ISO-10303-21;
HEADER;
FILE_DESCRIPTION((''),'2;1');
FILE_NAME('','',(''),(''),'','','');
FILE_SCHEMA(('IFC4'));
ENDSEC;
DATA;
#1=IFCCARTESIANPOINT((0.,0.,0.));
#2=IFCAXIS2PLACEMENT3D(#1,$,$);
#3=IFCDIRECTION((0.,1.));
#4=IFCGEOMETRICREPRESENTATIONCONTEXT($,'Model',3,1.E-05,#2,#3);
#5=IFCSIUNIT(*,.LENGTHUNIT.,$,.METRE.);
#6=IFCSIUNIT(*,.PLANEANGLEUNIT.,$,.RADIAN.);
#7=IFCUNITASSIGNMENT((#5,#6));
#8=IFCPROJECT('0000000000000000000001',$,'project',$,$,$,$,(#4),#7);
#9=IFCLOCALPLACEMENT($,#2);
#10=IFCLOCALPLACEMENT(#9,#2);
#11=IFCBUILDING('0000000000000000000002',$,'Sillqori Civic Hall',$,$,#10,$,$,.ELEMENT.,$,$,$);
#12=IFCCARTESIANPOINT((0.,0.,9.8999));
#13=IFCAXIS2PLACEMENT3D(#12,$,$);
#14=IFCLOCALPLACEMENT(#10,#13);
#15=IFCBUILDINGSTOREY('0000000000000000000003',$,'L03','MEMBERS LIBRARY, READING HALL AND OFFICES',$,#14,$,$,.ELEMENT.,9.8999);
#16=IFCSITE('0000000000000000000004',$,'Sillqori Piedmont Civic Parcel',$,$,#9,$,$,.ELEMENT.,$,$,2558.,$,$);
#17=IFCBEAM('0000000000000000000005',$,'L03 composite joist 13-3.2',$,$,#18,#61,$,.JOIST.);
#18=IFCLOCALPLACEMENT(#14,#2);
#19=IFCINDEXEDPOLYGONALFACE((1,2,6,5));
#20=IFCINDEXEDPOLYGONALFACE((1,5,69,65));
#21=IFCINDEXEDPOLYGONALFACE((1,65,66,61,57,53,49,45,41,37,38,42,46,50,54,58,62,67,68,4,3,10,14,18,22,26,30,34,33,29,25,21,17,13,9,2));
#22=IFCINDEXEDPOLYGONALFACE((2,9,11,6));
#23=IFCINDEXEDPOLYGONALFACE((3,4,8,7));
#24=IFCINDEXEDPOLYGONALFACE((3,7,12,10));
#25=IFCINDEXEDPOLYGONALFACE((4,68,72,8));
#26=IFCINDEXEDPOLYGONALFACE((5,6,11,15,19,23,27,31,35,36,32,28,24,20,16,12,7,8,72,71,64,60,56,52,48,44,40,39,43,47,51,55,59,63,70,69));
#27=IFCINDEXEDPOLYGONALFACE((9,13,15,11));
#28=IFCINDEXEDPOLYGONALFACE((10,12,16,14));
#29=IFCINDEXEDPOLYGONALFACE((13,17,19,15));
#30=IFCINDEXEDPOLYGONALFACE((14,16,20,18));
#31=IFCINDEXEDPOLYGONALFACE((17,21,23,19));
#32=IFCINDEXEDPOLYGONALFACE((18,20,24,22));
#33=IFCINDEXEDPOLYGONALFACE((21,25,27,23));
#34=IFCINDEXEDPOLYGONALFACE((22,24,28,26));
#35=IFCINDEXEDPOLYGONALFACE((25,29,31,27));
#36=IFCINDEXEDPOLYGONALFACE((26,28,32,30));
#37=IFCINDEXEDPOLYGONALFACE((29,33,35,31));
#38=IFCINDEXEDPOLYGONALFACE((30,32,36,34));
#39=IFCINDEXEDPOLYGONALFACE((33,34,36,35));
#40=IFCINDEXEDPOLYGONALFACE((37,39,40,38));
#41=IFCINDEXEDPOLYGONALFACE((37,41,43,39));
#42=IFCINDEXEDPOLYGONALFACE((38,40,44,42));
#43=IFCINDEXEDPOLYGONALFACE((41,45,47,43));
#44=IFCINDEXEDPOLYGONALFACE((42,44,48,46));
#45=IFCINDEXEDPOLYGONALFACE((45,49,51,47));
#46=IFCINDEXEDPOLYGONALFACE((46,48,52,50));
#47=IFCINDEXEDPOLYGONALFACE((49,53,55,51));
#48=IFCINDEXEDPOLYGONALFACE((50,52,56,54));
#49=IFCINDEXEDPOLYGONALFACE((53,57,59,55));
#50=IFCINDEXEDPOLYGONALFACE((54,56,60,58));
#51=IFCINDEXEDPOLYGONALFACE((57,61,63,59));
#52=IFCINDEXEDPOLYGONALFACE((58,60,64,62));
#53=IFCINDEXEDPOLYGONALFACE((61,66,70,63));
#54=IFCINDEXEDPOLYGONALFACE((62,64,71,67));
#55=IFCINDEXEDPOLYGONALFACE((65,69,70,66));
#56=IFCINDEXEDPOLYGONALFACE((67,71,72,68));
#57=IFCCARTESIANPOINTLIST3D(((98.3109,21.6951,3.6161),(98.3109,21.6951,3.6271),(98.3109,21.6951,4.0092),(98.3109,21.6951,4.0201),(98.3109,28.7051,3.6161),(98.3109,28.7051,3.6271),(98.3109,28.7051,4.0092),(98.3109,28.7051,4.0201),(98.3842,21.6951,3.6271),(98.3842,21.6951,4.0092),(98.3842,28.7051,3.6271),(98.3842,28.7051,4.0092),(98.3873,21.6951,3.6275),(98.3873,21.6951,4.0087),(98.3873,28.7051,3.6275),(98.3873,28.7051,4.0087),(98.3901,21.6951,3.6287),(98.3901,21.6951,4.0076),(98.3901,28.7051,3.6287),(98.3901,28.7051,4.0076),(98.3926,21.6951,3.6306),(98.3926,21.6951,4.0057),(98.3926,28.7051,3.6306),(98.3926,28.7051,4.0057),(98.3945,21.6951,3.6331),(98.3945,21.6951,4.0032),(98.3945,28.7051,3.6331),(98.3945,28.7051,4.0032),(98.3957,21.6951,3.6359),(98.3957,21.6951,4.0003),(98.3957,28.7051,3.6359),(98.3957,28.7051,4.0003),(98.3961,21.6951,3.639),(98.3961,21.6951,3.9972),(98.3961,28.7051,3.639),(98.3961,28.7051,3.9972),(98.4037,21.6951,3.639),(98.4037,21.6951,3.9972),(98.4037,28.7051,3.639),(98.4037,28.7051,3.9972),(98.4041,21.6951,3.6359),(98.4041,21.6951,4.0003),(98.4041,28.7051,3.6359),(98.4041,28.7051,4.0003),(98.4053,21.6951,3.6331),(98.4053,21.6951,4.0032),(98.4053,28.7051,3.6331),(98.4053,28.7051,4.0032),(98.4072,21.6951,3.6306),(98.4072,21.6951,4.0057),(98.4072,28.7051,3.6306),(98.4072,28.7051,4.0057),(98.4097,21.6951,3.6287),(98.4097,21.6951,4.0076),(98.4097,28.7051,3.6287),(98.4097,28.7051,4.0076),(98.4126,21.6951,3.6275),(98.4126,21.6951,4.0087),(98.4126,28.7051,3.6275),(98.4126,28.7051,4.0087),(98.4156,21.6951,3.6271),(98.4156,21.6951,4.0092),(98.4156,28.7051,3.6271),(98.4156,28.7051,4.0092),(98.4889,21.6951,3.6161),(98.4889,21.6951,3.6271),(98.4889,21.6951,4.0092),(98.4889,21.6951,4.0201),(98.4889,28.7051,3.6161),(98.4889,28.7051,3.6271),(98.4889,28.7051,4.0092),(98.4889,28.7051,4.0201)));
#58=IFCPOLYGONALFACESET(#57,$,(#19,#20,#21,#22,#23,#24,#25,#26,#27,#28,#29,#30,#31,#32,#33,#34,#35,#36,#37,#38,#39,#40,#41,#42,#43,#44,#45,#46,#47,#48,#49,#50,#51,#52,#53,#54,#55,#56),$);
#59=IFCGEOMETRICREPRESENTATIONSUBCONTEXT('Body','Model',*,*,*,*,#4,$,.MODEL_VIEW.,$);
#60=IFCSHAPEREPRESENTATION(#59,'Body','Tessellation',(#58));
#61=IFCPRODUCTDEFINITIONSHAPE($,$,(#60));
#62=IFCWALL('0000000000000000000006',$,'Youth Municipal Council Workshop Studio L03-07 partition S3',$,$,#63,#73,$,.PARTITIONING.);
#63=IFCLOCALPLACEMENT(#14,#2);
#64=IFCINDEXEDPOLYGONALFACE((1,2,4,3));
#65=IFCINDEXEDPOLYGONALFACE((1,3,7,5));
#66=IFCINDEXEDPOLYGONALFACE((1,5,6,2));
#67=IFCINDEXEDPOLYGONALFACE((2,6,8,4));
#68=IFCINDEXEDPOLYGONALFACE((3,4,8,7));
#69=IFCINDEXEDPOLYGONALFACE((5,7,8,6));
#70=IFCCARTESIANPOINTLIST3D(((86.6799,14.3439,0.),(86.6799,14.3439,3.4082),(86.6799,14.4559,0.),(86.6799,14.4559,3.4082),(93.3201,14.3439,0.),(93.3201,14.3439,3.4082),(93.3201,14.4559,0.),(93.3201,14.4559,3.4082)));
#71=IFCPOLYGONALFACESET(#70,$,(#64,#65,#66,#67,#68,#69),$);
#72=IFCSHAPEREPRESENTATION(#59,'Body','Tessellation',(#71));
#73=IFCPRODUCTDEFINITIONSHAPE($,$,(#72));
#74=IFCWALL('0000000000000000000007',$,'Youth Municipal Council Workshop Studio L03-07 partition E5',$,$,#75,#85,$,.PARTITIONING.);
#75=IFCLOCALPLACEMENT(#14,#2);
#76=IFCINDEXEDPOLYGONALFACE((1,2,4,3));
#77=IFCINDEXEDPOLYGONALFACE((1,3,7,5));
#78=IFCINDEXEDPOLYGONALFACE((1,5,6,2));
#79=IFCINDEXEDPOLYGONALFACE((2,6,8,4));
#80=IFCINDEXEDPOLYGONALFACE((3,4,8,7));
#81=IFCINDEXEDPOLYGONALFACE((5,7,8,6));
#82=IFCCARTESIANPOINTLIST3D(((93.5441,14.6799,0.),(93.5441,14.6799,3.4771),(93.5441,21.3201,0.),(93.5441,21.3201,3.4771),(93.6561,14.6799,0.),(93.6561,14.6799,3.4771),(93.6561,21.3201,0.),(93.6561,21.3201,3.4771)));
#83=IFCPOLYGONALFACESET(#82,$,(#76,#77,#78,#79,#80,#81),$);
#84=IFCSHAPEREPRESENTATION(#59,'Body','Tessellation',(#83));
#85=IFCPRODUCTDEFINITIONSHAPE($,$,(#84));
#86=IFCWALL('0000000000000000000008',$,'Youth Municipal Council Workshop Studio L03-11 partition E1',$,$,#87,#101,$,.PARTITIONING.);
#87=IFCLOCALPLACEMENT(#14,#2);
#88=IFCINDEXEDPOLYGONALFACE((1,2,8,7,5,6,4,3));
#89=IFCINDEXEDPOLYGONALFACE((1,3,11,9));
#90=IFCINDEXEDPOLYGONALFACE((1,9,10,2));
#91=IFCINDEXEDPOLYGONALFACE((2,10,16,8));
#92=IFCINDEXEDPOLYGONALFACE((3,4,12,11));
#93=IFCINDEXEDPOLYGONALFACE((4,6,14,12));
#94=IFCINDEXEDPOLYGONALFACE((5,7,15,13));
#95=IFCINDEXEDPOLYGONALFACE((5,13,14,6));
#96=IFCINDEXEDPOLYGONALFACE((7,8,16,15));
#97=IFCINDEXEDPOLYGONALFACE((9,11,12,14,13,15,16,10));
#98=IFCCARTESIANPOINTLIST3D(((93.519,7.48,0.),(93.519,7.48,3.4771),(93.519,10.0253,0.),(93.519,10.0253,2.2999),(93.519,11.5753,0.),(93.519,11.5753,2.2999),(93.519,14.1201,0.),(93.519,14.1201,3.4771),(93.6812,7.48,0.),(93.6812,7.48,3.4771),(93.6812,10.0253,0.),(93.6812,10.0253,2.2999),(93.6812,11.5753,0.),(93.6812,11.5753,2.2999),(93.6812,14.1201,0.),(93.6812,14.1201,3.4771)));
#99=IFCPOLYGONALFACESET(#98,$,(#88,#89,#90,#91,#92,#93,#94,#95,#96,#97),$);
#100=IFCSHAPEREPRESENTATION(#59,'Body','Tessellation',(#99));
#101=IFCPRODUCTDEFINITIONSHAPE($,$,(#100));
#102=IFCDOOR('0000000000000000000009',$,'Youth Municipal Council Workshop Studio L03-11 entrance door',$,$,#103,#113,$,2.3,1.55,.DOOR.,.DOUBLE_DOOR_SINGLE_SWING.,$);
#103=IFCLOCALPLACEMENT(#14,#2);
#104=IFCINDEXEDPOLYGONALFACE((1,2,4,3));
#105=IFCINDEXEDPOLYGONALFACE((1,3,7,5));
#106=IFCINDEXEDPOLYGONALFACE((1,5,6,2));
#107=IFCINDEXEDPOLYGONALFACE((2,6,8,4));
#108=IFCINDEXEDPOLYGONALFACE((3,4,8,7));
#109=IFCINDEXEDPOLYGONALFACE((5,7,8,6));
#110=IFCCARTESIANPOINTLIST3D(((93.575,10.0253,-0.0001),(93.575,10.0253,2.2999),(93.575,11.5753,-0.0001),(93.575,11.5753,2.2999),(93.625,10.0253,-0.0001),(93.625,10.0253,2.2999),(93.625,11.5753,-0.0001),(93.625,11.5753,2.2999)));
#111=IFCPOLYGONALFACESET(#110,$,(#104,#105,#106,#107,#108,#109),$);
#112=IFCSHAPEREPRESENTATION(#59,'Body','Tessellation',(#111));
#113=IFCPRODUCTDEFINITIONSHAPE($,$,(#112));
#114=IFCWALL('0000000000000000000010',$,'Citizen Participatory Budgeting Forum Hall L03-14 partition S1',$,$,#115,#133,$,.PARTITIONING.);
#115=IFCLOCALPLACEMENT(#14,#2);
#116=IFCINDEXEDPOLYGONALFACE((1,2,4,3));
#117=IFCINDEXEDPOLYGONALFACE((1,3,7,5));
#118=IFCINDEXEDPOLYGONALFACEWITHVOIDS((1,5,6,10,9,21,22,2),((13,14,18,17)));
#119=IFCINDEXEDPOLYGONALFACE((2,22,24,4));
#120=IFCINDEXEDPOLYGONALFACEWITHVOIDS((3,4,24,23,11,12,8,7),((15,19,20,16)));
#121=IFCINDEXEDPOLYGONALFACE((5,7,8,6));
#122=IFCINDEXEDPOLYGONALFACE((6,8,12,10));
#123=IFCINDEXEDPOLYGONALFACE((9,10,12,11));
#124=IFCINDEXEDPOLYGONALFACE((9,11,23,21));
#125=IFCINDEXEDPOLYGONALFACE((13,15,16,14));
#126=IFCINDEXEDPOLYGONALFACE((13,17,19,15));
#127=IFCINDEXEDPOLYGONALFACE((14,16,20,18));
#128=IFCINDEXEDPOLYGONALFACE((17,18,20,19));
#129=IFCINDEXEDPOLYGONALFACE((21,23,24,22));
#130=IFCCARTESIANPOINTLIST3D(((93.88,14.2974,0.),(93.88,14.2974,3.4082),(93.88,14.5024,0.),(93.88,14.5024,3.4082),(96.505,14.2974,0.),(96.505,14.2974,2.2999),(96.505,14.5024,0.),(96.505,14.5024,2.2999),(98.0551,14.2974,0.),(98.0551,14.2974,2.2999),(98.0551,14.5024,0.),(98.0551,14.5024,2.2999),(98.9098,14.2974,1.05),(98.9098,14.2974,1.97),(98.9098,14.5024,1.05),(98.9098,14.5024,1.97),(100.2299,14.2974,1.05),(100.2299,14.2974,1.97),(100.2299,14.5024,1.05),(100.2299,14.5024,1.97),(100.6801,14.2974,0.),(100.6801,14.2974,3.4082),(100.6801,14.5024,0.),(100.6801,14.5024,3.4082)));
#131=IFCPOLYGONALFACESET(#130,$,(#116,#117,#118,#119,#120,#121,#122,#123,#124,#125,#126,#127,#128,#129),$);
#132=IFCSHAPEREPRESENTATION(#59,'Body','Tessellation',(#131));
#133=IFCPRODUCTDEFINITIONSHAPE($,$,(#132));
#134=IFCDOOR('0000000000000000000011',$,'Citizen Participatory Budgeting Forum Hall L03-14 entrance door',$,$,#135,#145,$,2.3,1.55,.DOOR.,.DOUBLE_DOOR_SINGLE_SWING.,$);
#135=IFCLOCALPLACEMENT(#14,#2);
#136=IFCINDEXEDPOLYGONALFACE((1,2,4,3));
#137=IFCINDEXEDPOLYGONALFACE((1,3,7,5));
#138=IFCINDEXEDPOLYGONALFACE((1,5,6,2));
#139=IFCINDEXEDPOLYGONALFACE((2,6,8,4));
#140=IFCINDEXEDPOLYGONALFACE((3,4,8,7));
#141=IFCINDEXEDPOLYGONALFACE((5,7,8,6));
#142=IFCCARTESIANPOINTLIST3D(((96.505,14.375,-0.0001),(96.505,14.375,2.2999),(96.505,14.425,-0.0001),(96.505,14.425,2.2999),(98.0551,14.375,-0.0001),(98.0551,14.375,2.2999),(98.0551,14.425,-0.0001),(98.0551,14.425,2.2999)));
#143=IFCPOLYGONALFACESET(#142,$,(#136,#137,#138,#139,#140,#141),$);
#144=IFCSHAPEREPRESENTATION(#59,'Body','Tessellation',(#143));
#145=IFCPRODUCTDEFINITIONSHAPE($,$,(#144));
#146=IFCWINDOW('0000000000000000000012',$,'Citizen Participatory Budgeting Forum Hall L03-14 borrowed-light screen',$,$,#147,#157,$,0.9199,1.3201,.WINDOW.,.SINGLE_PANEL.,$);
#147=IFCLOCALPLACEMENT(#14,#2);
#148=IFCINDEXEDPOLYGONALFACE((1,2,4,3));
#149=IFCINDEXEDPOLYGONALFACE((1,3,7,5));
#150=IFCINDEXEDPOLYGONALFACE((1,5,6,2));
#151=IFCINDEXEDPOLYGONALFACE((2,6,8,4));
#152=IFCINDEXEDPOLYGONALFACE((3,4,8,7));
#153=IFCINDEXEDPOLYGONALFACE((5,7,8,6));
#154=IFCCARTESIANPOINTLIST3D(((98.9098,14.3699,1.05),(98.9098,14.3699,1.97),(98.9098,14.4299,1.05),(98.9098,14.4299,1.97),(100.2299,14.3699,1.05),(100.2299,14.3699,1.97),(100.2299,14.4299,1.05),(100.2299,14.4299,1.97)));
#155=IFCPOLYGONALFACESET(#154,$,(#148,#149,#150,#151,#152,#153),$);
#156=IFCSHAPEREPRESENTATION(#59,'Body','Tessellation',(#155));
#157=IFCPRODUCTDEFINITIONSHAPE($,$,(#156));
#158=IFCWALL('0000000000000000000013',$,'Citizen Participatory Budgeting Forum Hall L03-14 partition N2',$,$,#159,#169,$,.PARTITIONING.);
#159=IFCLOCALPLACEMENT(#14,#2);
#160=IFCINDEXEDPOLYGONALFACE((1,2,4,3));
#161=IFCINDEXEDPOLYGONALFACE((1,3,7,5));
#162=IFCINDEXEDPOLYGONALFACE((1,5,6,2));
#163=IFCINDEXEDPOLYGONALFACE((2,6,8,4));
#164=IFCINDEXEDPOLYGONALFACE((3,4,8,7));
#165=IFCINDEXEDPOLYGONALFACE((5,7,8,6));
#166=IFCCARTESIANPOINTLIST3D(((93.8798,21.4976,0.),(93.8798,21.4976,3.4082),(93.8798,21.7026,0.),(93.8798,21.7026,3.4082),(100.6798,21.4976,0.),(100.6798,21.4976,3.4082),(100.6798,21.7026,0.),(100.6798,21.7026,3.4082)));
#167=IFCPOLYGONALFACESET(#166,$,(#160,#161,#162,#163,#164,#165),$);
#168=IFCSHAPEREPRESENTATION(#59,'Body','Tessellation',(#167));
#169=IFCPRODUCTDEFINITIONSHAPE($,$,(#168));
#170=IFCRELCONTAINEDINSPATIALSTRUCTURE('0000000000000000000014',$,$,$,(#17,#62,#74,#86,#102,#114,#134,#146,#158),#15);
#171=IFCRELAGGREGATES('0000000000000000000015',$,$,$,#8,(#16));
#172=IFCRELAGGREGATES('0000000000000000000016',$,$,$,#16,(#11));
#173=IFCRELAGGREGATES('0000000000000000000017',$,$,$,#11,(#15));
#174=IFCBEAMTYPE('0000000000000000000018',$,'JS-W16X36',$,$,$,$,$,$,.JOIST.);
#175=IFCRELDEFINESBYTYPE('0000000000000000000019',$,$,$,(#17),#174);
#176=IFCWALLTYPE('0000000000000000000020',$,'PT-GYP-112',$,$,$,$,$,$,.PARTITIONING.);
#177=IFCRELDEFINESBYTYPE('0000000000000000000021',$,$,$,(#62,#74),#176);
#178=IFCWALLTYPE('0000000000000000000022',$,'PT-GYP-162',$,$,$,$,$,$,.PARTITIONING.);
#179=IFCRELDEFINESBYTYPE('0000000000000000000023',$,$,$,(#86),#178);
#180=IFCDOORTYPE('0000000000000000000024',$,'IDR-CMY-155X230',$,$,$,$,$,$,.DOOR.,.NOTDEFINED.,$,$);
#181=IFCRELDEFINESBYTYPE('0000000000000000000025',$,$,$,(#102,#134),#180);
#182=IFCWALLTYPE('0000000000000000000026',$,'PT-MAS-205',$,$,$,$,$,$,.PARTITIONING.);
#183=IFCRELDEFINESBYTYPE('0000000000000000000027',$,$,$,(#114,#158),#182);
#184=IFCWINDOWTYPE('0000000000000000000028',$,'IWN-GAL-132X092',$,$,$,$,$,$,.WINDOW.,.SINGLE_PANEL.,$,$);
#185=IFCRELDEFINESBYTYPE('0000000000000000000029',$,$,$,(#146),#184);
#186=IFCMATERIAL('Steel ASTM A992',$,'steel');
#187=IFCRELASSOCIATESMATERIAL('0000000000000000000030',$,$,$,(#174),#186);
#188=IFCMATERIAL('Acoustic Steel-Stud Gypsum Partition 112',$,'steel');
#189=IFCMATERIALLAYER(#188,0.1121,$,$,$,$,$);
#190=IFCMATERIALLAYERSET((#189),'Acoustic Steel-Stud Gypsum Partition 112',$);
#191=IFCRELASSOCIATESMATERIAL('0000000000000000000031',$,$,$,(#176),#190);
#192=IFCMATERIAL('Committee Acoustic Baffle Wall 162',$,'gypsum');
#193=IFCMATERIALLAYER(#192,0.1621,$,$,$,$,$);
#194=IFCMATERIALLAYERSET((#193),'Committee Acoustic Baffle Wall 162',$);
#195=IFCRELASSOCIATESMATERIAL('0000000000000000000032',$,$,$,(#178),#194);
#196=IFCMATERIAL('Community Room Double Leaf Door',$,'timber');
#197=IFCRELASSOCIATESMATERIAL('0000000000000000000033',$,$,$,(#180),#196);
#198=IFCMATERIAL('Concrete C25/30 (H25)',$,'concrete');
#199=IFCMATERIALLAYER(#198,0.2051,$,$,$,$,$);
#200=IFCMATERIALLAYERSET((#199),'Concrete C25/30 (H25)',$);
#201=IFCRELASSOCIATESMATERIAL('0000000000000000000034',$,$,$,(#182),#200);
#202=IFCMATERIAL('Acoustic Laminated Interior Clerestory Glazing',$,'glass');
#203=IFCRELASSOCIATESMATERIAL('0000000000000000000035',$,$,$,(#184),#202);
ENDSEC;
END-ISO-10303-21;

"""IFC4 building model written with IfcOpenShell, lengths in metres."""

from ifc_helpers import new_model, si_unit, direction, frame, frame_2d, origin, origin_2d, place, context, subcontext, project, spatial, rectangle, i_section, extrude, material, layer, layer_set, material_profile, profile_set, type_object, element, fill, save


model = new_model("IFC4")

# Units and contexts
model_context = context("Model", 3, precision=1e-05, world=origin(), true_north=direction((0.0, 1.0)))
body_context = subcontext(model_context, "Body", "Model", "MODEL_VIEW")
ifc_project = project(units=[si_unit("LENGTHUNIT", "METRE"), si_unit("PLANEANGLEUNIT", "RADIAN")], contexts=[model_context])

# Site, building, storey
site_placement = place(None, origin())
site = spatial("IfcSite", under=ifc_project, at=site_placement, Name="Sillqori Piedmont Civic Parcel", CompositionType="ELEMENT", RefElevation=2558.0)
building_placement = place(site_placement, origin())
building = spatial("IfcBuilding", under=site, at=building_placement, Name="Sillqori Civic Hall", CompositionType="ELEMENT")
storey_placement = place(building_placement, frame((0.0, 0.0, 9.8999)))
storey = spatial("IfcBuildingStorey", under=building, at=storey_placement, Name="L03", Description="MEMBERS LIBRARY, READING HALL AND OFFICES", CompositionType="ELEMENT", Elevation=9.8999)

# Shared definitions
ifc_material_1 = material(Name="Steel ASTM A992", Category="steel")

# Beam
ifc_material_profile_1 = material_profile(ifc_material_1, i_section(OverallWidth=0.178, OverallDepth=0.4041, WebThickness=0.0076, FlangeThickness=0.011, FilletRadius=0.012, at=origin_2d()), Name="W16X36")
ifc_profile_set_1 = profile_set([ifc_material_profile_1], Name="Steel ASTM A992")
beam_type_1 = type_object("IfcBeamType", Name="JS-W16X36", PredefinedType="JOIST", material=ifc_profile_set_1)
for number, where, z_axis, x_axis, name in (
    (1, (98.3999, 21.6951, 3.8181), (0.0, 1.0, 0.0), (-1.0, 0.0, 0.0), "L03 composite joist 13-3.2"),
):
    element("IfcBeam", number, at=place(storey_placement, frame(where, z_axis=z_axis, x_axis=x_axis)), inside=storey, type_object=beam_type_1, Name=name, PredefinedType="JOIST", context=body_context, shape_type="SweptSolid", body=[
        extrude(i_section(OverallWidth=0.178, OverallDepth=0.4041, WebThickness=0.0076, FlangeThickness=0.011, FilletRadius=0.012, at=origin_2d()), origin(), (0.0, 0.0, 1.0), 7.01),
    ])

# Walls
ifc_material_2 = material(Name="Acoustic Steel-Stud Gypsum Partition 112", Category="steel")
ifc_layer_1 = layer(ifc_material_2, 0.1121)
ifc_layer_set_1 = layer_set([ifc_layer_1], Name="Acoustic Steel-Stud Gypsum Partition 112")
wall_type_1 = type_object("IfcWallType", Name="PT-GYP-112", PredefinedType="PARTITIONING", material=ifc_layer_set_1)
wall_1_placement = place(storey_placement, frame((93.3201, 14.3999, 0.0), z_axis=(0.0, 0.0, 1.0), x_axis=(-1.0, 0.0, 0.0)))
element("IfcWall", 2, at=wall_1_placement, inside=storey, type_object=wall_type_1, Name="Youth Municipal Council Workshop Studio L03-07 partition S3", PredefinedType="PARTITIONING", context=body_context, shape_type="SweptSolid", body=[
    extrude(rectangle(XDim=6.6401, YDim=0.1121, at=frame_2d((3.3201, 0.0))), origin(), (0.0, 0.0, 1.0), 3.4082),
])
wall_2_placement = place(storey_placement, frame((93.6001, 21.3201, 0.0), z_axis=(0.0, 0.0, 1.0), x_axis=(0.0, -1.0, 0.0)))
element("IfcWall", 3, at=wall_2_placement, inside=storey, type_object=wall_type_1, Name="Youth Municipal Council Workshop Studio L03-07 partition E5", PredefinedType="PARTITIONING", context=body_context, shape_type="SweptSolid", body=[
    extrude(rectangle(XDim=6.6401, YDim=0.1121, at=frame_2d((3.3201, 0.0))), origin(), (0.0, 0.0, 1.0), 3.4771),
])

# Wall, opening, door
ifc_material_3 = material(Name="Committee Acoustic Baffle Wall 162", Category="gypsum")
ifc_layer_2 = layer(ifc_material_3, 0.1621)
ifc_layer_set_2 = layer_set([ifc_layer_2], Name="Committee Acoustic Baffle Wall 162")
wall_type_2 = type_object("IfcWallType", Name="PT-GYP-162", PredefinedType="PARTITIONING", material=ifc_layer_set_2)
wall_3_placement = place(storey_placement, frame((93.6001, 14.1201, 0.0), z_axis=(0.0, 0.0, 1.0), x_axis=(0.0, -1.0, 0.0)))
wall_3 = element("IfcWall", 4, at=wall_3_placement, inside=storey, type_object=wall_type_2, Name="Youth Municipal Council Workshop Studio L03-11 partition E1", PredefinedType="PARTITIONING", context=body_context, shape_type="SweptSolid", body=[
    extrude(rectangle(XDim=6.6401, YDim=0.1621, at=frame_2d((3.3201, 0.0))), origin(), (0.0, 0.0, 1.0), 3.4771),
])
opening_1_placement = place(wall_3_placement, frame((2.5449, 0.0, 0.0)))
opening_1 = element("IfcOpeningElement", 5, at=opening_1_placement, cuts=wall_3, PredefinedType="OPENING", context=body_context, shape_type="SweptSolid", body=[
    extrude(rectangle(XDim=1.55, YDim=2.3, at=frame_2d((0.7749, 1.1499))), frame((0.0, 0.0911, 0.0), z_axis=(0.0, -1.0, 0.0), x_axis=(1.0, 0.0, 0.0)), (0.0, 0.0, 1.0), 0.1821),
])
ifc_material_4 = material(Name="Community Room Double Leaf Door", Category="timber")
door_type = type_object("IfcDoorType", Name="IDR-CMY-155X230", OperationType="NOTDEFINED", PredefinedType="DOOR", material=ifc_material_4)
door_1_placement = place(opening_1_placement, origin())
door_1 = element("IfcDoor", 6, at=door_1_placement, inside=storey, type_object=door_type, Name="Youth Municipal Council Workshop Studio L03-11 entrance door", OperationType="DOUBLE_DOOR_SINGLE_SWING", OverallHeight=2.3, OverallWidth=1.55, PredefinedType="DOOR", context=body_context, shape_type="SweptSolid", body=[
    extrude(rectangle(XDim=1.55, YDim=2.3, at=frame_2d((0.7749, 1.1499))), frame((0.0, 0.0249, 0.0), z_axis=(0.0, -1.0, 0.0), x_axis=(1.0, 0.0, 0.0)), (0.0, 0.0, 1.0), 0.05),
])
fill(opening_1, door_1)

# Wall, openings, door, window
ifc_material_5 = material(Name="Concrete C25/30 (H25)", Category="concrete")
ifc_layer_3 = layer(ifc_material_5, 0.2051)
ifc_layer_set_3 = layer_set([ifc_layer_3], Name="Concrete C25/30 (H25)")
wall_type_3 = type_object("IfcWallType", Name="PT-MAS-205", PredefinedType="PARTITIONING", material=ifc_layer_set_3)
wall_4_placement = place(storey_placement, frame((100.6799, 14.3999, 0.0), z_axis=(0.0, 0.0, 1.0), x_axis=(-1.0, 0.0, 0.0)))
wall_4 = element("IfcWall", 7, at=wall_4_placement, inside=storey, type_object=wall_type_3, Name="Citizen Participatory Budgeting Forum Hall L03-14 partition S1", PredefinedType="PARTITIONING", context=body_context, shape_type="SweptSolid", body=[
    extrude(rectangle(XDim=6.8, YDim=0.2051, at=frame_2d((3.3999, 0.0))), origin(), (0.0, 0.0, 1.0), 3.4082),
])
opening_2_placement = place(wall_4_placement, frame((2.625, 0.0, 0.0)))
opening_2 = element("IfcOpeningElement", 8, at=opening_2_placement, cuts=wall_4, PredefinedType="OPENING", context=body_context, shape_type="SweptSolid", body=[
    extrude(rectangle(XDim=1.55, YDim=2.3, at=frame_2d((0.7749, 1.1499))), frame((0.0, 0.1125, 0.0), z_axis=(0.0, -1.0, 0.0), x_axis=(1.0, 0.0, 0.0)), (0.0, 0.0, 1.0), 0.2251),
])
opening_3_placement = place(wall_4_placement, frame((0.45, 0.0, 1.05)))
opening_3 = element("IfcOpeningElement", 9, at=opening_3_placement, cuts=wall_4, PredefinedType="OPENING", context=body_context, shape_type="SweptSolid", body=[
    extrude(rectangle(XDim=1.3201, YDim=0.9199, at=frame_2d((0.6602, 0.46))), frame((0.0, 0.1125, 0.0), z_axis=(0.0, -1.0, 0.0), x_axis=(1.0, 0.0, 0.0)), (0.0, 0.0, 1.0), 0.2251),
])
door_2_placement = place(opening_2_placement, origin())
door_2 = element("IfcDoor", 10, at=door_2_placement, inside=storey, type_object=door_type, Name="Citizen Participatory Budgeting Forum Hall L03-14 entrance door", OperationType="DOUBLE_DOOR_SINGLE_SWING", OverallHeight=2.3, OverallWidth=1.55, PredefinedType="DOOR", context=body_context, shape_type="SweptSolid", body=[
    extrude(rectangle(XDim=1.55, YDim=2.3, at=frame_2d((0.7749, 1.1499))), frame((0.0, 0.0249, 0.0), z_axis=(0.0, -1.0, 0.0), x_axis=(1.0, 0.0, 0.0)), (0.0, 0.0, 1.0), 0.05),
])
fill(opening_2, door_2)
ifc_material_6 = material(Name="Acoustic Laminated Interior Clerestory Glazing", Category="glass")
window_type = type_object("IfcWindowType", Name="IWN-GAL-132X092", PartitioningType="SINGLE_PANEL", PredefinedType="WINDOW", material=ifc_material_6)
window_placement = place(opening_3_placement, origin())
window = element("IfcWindow", 11, at=window_placement, inside=storey, type_object=window_type, Name="Citizen Participatory Budgeting Forum Hall L03-14 borrowed-light screen", OverallHeight=0.9199, OverallWidth=1.3201, PartitioningType="SINGLE_PANEL", PredefinedType="WINDOW", context=body_context, shape_type="SweptSolid", body=[
    extrude(rectangle(XDim=1.3201, YDim=0.9199, at=frame_2d((0.6602, 0.46))), frame((0.0, 0.03, 0.0), z_axis=(0.0, -1.0, 0.0), x_axis=(1.0, 0.0, 0.0)), (0.0, 0.0, 1.0), 0.0601),
])
fill(opening_3, window)

# Wall
wall_5_placement = place(storey_placement, frame((93.8799, 21.6001, 0.0), z_axis=(0.0, 0.0, 1.0), x_axis=(1.0, 0.0, 0.0)))
element("IfcWall", 12, at=wall_5_placement, inside=storey, type_object=wall_type_3, Name="Citizen Participatory Budgeting Forum Hall L03-14 partition N2", PredefinedType="PARTITIONING", context=body_context, shape_type="SweptSolid", body=[
    extrude(rectangle(XDim=6.8, YDim=0.2051, at=frame_2d((3.3999, 0.0))), origin(), (0.0, 0.0, 1.0), 3.4082),
])

save(model, "model.ifc")
